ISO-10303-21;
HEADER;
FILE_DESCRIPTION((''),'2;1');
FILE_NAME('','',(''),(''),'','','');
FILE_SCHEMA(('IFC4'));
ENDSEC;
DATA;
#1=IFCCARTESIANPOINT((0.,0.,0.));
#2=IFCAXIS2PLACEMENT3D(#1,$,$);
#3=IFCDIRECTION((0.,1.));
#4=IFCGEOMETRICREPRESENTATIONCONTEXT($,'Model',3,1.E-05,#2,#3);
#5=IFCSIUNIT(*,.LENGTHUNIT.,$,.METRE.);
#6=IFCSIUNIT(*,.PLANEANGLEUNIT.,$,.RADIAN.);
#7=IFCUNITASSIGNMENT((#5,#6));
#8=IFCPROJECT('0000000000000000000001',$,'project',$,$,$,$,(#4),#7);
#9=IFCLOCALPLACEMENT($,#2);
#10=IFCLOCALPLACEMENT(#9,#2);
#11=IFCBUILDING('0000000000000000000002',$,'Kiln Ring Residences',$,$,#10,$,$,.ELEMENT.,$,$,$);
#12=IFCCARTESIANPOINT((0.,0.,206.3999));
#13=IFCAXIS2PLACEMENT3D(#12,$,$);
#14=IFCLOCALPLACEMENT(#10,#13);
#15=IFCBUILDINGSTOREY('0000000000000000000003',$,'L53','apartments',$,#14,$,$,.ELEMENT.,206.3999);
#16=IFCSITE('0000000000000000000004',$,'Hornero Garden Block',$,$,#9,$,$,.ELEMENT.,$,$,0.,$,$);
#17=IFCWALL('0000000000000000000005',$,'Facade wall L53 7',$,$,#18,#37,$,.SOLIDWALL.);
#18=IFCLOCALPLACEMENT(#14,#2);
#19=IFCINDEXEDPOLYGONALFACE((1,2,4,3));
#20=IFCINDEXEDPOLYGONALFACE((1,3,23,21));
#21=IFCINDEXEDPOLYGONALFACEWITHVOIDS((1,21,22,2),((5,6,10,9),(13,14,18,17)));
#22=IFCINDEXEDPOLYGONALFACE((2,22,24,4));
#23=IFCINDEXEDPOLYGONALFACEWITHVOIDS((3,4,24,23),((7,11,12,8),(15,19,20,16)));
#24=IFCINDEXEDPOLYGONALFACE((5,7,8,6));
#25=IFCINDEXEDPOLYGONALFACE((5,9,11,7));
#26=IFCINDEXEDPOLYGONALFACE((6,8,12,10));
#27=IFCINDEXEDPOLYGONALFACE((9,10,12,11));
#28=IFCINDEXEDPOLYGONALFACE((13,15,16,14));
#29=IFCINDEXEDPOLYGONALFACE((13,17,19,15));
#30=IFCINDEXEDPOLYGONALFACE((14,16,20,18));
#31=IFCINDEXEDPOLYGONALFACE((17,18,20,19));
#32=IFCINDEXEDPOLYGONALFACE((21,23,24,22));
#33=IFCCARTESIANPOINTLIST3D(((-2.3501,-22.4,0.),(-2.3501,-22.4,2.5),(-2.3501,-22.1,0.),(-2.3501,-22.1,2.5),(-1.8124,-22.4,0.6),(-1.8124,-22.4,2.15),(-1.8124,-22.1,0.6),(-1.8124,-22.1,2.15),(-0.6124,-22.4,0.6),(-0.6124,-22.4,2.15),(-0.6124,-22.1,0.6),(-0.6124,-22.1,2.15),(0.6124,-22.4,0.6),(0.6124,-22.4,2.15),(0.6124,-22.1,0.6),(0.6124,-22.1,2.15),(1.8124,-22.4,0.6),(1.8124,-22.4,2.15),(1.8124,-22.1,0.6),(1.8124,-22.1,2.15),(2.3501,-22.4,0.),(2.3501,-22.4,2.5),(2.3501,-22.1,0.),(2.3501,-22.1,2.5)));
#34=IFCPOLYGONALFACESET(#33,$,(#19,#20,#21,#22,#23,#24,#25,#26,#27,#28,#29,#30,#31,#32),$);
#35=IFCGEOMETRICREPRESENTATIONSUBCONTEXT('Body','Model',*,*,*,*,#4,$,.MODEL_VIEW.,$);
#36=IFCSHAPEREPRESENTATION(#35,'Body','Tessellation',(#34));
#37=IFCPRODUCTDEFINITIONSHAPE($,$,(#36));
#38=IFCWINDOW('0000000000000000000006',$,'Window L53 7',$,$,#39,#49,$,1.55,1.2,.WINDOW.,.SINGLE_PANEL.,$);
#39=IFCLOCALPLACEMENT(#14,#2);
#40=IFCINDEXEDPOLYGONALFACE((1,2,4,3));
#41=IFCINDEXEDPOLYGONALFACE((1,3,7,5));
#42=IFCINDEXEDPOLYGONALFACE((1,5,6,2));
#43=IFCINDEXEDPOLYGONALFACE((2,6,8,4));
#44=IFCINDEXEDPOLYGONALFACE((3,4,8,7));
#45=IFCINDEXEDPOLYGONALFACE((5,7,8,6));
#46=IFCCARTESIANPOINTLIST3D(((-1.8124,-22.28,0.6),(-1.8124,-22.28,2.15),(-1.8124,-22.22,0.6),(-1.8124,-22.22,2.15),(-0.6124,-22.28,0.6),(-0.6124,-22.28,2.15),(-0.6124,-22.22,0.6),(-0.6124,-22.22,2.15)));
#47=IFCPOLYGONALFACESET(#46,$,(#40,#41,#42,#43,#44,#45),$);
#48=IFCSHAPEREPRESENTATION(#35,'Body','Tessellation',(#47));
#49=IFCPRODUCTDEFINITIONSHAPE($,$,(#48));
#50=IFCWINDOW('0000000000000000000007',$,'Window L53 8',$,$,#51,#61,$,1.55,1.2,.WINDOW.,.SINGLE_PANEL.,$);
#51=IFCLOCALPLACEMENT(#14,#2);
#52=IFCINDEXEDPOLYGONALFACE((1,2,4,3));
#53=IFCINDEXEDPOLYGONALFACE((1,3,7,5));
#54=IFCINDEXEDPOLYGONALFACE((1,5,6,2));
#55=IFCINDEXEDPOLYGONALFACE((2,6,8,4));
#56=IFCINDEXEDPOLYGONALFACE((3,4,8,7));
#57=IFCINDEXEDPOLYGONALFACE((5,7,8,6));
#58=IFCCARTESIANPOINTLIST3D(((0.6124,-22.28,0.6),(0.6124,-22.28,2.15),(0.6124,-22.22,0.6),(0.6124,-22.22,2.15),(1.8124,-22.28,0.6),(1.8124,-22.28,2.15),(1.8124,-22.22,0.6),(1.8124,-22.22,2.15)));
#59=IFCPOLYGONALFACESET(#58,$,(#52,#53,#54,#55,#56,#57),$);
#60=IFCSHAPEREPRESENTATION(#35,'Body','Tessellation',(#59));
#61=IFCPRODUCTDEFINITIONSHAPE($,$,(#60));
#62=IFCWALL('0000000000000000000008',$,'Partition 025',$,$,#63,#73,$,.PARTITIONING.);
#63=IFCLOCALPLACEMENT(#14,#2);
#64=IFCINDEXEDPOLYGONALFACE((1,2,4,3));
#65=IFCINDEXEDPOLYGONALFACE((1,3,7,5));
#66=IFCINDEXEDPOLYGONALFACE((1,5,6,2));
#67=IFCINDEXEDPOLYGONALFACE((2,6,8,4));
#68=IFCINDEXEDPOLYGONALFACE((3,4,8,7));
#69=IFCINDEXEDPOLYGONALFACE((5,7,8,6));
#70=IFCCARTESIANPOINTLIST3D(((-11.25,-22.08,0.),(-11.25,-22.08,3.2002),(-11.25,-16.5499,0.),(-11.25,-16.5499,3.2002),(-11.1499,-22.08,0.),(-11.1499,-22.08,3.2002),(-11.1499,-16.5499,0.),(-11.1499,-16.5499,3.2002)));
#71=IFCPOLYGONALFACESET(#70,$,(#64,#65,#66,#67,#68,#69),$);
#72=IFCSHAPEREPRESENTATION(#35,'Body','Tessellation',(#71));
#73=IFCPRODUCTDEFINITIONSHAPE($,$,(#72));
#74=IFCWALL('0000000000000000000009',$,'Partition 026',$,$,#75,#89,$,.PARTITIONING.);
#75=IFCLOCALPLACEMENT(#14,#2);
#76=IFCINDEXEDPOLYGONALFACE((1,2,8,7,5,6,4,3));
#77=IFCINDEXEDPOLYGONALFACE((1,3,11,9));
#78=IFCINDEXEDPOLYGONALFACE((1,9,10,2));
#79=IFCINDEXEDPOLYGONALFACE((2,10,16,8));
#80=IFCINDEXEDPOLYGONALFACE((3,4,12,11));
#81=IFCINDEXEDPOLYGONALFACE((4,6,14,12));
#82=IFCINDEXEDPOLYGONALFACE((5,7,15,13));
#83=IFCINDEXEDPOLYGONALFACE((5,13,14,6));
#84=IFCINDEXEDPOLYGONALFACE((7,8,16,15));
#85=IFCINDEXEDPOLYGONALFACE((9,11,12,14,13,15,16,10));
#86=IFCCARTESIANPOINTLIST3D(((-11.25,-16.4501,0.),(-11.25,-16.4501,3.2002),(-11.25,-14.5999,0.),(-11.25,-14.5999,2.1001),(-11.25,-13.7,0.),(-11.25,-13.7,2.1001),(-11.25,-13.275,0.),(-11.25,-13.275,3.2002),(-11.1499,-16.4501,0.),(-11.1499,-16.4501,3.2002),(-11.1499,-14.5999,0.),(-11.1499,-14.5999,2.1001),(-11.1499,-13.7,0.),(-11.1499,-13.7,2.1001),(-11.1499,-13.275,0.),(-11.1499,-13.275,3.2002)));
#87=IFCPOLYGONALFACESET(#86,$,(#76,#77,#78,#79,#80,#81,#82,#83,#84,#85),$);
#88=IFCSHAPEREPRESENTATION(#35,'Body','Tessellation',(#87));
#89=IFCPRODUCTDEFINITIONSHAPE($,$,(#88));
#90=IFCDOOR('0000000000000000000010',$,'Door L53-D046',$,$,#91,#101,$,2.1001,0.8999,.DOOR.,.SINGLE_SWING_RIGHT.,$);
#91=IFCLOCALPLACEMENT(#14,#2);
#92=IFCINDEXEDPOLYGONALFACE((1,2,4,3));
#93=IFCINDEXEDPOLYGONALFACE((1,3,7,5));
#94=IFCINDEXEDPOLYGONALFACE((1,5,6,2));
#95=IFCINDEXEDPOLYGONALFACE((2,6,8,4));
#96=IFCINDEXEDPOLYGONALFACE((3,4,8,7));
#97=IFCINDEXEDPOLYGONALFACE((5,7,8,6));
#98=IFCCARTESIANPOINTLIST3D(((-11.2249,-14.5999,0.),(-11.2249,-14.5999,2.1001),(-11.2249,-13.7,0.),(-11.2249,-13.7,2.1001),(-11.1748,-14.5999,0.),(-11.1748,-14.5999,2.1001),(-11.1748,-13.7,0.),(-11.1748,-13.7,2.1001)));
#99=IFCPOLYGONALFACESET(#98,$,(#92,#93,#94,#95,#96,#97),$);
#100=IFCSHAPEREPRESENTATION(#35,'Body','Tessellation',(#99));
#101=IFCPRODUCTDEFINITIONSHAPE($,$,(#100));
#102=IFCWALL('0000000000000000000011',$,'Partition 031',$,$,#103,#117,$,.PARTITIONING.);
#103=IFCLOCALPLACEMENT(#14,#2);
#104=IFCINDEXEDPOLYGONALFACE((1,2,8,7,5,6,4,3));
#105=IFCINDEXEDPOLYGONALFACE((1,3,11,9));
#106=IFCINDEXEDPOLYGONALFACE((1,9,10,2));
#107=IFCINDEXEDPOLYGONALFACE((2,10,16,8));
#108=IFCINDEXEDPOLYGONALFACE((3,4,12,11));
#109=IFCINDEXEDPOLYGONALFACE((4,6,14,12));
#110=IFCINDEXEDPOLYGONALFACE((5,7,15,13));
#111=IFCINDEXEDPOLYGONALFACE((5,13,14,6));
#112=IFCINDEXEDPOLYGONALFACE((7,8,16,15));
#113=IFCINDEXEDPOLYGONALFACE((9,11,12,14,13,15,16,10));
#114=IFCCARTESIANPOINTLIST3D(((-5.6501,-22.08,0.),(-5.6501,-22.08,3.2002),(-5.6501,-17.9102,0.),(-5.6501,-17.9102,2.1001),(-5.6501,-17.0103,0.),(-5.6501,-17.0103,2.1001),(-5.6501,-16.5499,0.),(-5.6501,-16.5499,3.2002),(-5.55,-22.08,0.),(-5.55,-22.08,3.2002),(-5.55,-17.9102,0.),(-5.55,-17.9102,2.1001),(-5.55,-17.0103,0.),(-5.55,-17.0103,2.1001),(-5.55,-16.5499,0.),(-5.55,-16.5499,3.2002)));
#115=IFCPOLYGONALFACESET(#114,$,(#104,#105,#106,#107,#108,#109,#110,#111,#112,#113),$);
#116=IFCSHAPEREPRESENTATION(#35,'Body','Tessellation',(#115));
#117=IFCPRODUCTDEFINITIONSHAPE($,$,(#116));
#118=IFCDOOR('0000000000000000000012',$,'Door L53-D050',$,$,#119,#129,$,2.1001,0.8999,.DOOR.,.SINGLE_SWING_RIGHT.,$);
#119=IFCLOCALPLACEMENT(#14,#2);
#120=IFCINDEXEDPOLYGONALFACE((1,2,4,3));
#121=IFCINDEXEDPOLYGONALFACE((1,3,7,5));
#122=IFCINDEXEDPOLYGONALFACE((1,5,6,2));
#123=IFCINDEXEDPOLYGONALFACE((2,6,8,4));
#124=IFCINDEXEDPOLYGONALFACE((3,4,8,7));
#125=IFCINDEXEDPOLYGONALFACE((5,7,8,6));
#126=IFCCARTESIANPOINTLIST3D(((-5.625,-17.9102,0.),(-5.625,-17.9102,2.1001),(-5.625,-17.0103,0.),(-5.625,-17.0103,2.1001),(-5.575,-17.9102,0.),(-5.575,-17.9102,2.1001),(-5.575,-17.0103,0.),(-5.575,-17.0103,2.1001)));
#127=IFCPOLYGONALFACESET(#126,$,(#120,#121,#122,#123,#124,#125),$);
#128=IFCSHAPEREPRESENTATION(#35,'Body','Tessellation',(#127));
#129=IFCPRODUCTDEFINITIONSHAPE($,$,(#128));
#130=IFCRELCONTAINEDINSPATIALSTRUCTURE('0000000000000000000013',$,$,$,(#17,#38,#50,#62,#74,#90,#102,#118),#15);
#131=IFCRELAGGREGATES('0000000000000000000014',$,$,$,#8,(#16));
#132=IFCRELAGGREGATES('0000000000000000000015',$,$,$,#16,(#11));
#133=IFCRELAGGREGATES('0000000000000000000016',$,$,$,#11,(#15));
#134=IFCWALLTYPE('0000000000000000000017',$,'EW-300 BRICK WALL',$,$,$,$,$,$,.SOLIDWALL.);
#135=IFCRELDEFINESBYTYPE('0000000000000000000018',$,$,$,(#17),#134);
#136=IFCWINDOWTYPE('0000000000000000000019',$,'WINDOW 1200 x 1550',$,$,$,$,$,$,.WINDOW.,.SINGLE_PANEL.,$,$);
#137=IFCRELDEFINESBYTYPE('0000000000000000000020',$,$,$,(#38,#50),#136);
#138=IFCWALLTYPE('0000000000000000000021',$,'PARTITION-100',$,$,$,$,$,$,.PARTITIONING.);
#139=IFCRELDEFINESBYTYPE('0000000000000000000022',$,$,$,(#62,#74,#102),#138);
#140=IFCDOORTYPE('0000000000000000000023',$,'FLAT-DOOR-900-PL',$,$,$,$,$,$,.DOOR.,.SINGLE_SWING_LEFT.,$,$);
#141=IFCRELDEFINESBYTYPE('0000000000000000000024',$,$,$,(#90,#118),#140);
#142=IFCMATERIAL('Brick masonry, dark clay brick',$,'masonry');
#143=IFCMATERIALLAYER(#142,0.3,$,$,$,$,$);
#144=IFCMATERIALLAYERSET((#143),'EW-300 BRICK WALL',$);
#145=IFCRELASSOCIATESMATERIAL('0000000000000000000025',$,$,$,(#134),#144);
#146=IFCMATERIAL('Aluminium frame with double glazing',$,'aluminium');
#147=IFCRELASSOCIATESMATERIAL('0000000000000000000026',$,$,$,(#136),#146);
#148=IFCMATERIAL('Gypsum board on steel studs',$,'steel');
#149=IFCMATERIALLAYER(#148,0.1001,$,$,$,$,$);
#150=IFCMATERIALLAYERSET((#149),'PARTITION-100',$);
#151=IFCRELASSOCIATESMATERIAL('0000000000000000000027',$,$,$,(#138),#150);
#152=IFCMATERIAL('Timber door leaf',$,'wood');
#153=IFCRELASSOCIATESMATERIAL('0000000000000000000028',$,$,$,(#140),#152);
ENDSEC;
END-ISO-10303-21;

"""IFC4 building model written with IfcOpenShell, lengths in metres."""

from ifc_helpers import new_model, si_unit, direction, frame, frame_2d, origin, place, context, subcontext, project, spatial, rectangle, extrude, material, layer, layer_set, type_object, element, fill, save


model = new_model("IFC4")

# Units and contexts
model_context = context("Model", 3, precision=1e-05, world=origin(), true_north=direction((0.0, 1.0)))
body_context = subcontext(model_context, "Body", "Model", "MODEL_VIEW")
ifc_project = project(units=[si_unit("LENGTHUNIT", "METRE"), si_unit("PLANEANGLEUNIT", "RADIAN")], contexts=[model_context])

# Site, building, storey
site_placement = place(None, origin())
site = spatial("IfcSite", under=ifc_project, at=site_placement, Name="Hornero Garden Block", CompositionType="ELEMENT", RefElevation=0.0)
building_placement = place(site_placement, origin())
building = spatial("IfcBuilding", under=site, at=building_placement, Name="Kiln Ring Residences", CompositionType="ELEMENT")
storey_placement = place(building_placement, frame((0.0, 0.0, 206.3999)))
storey = spatial("IfcBuildingStorey", under=building, at=storey_placement, Name="L53", Description="apartments", CompositionType="ELEMENT", Elevation=206.3999)

# Wall, openings, windows
ifc_material_1 = material(Name="Brick masonry, dark clay brick", Category="masonry")
ifc_layer_1 = layer(ifc_material_1, 0.3)
ifc_layer_set_1 = layer_set([ifc_layer_1], Name="EW-300 BRICK WALL")
wall_type_1 = type_object("IfcWallType", Name="EW-300 BRICK WALL", PredefinedType="SOLIDWALL", material=ifc_layer_set_1)
ifc_material_2 = material(Name="Aluminium frame with double glazing", Category="aluminium")
window_type = type_object("IfcWindowType", Name="WINDOW 1200 x 1550", PartitioningType="SINGLE_PANEL", PredefinedType="WINDOW", material=ifc_material_2)
wall_1_placement = place(storey_placement, frame((-2.3501, -22.25, 0.0), z_axis=(0.0, 0.0, 1.0), x_axis=(1.0, 0.0, 0.0)))
wall_1 = element("IfcWall", 1, at=wall_1_placement, inside=storey, type_object=wall_type_1, Name="Facade wall L53 7", PredefinedType="SOLIDWALL", context=body_context, shape_type="SweptSolid", body=[
    extrude(rectangle(XDim=4.7002, YDim=0.3, at=frame_2d((2.3501, 0.0))), origin(), (0.0, 0.0, 1.0), 2.5),
])
opening_1_placement = place(wall_1_placement, frame((0.5376, 0.0, 0.6001)))
opening_1 = element("IfcOpeningElement", 2, at=opening_1_placement, cuts=wall_1, PredefinedType="OPENING", context=body_context, shape_type="SweptSolid", body=[
    extrude(rectangle(XDim=1.2, YDim=1.55, at=frame_2d((0.6001, 0.7749))), frame((0.0, 0.1599, 0.0), z_axis=(0.0, -1.0, 0.0), x_axis=(1.0, 0.0, 0.0)), (0.0, 0.0, 1.0), 0.3201),
])
opening_2_placement = place(wall_1_placement, frame((2.9624, 0.0, 0.6001)))
opening_2 = element("IfcOpeningElement", 3, at=opening_2_placement, cuts=wall_1, PredefinedType="OPENING", context=body_context, shape_type="SweptSolid", body=[
    extrude(rectangle(XDim=1.2, YDim=1.55, at=frame_2d((0.6001, 0.7749))), frame((0.0, 0.1599, 0.0), z_axis=(0.0, -1.0, 0.0), x_axis=(1.0, 0.0, 0.0)), (0.0, 0.0, 1.0), 0.3201),
])
window_1_placement = place(opening_1_placement, origin())
window_1 = element("IfcWindow", 4, at=window_1_placement, inside=storey, type_object=window_type, Name="Window L53 7", OverallHeight=1.55, OverallWidth=1.2, PartitioningType="SINGLE_PANEL", PredefinedType="WINDOW", context=body_context, shape_type="SweptSolid", body=[
    extrude(rectangle(XDim=1.2, YDim=1.55, at=frame_2d((0.6001, 0.7749))), frame((0.0, 0.03, 0.0), z_axis=(0.0, -1.0, 0.0), x_axis=(1.0, 0.0, 0.0)), (0.0, 0.0, 1.0), 0.0601),
])
fill(opening_1, window_1)
window_2_placement = place(opening_2_placement, origin())
window_2 = element("IfcWindow", 5, at=window_2_placement, inside=storey, type_object=window_type, Name="Window L53 8", OverallHeight=1.55, OverallWidth=1.2, PartitioningType="SINGLE_PANEL", PredefinedType="WINDOW", context=body_context, shape_type="SweptSolid", body=[
    extrude(rectangle(XDim=1.2, YDim=1.55, at=frame_2d((0.6001, 0.7749))), frame((0.0, 0.03, 0.0), z_axis=(0.0, -1.0, 0.0), x_axis=(1.0, 0.0, 0.0)), (0.0, 0.0, 1.0), 0.0601),
])
fill(opening_2, window_2)

# Wall
ifc_material_3 = material(Name="Gypsum board on steel studs", Category="steel")
ifc_layer_2 = layer(ifc_material_3, 0.1001)
ifc_layer_set_2 = layer_set([ifc_layer_2], Name="PARTITION-100")
wall_type_2 = type_object("IfcWallType", Name="PARTITION-100", PredefinedType="PARTITIONING", material=ifc_layer_set_2)
wall_2_placement = place(storey_placement, frame((-11.2, -22.0801, 0.0), z_axis=(0.0, 0.0, 1.0), x_axis=(0.0, 1.0, 0.0)))
element("IfcWall", 6, at=wall_2_placement, inside=storey, type_object=wall_type_2, Name="Partition 025", PredefinedType="PARTITIONING", context=body_context, shape_type="SweptSolid", body=[
    extrude(rectangle(XDim=5.53, YDim=0.1001, at=frame_2d((2.7651, 0.0))), origin(), (0.0, 0.0, 1.0), 3.2002),
])

# Walls, openings, doors
wall_3_placement = place(storey_placement, frame((-11.2, -16.45, 0.0), z_axis=(0.0, 0.0, 1.0), x_axis=(0.0, 1.0, 0.0)))
wall_3 = element("IfcWall", 7, at=wall_3_placement, inside=storey, type_object=wall_type_2, Name="Partition 026", PredefinedType="PARTITIONING", context=body_context, shape_type="SweptSolid", body=[
    extrude(rectangle(XDim=3.175, YDim=0.1001, at=frame_2d((1.5874, 0.0))), origin(), (0.0, 0.0, 1.0), 3.2002),
])
opening_3_placement = place(wall_3_placement, frame((1.8501, 0.0, 0.0)))
opening_3 = element("IfcOpeningElement", 8, at=opening_3_placement, cuts=wall_3, PredefinedType="OPENING", context=body_context, shape_type="SweptSolid", body=[
    extrude(rectangle(XDim=0.8999, YDim=2.1001, at=frame_2d((0.45, 1.05))), frame((0.0, 0.0601, 0.0), z_axis=(0.0, -1.0, 0.0), x_axis=(1.0, 0.0, 0.0)), (0.0, 0.0, 1.0), 0.1201),
])
ifc_material_4 = material(Name="Timber door leaf", Category="wood")
door_type = type_object("IfcDoorType", Name="FLAT-DOOR-900-PL", OperationType="SINGLE_SWING_LEFT", PredefinedType="DOOR", material=ifc_material_4)
door_1_placement = place(opening_3_placement, origin())
door_1 = element("IfcDoor", 9, at=door_1_placement, inside=storey, type_object=door_type, Name="Door L53-D046", OperationType="SINGLE_SWING_RIGHT", OverallHeight=2.1001, OverallWidth=0.8999, PredefinedType="DOOR", context=body_context, shape_type="SweptSolid", body=[
    extrude(rectangle(XDim=0.8999, YDim=2.1001, at=frame_2d((0.45, 1.05))), frame((0.0, 0.0249, 0.0), z_axis=(0.0, -1.0, 0.0), x_axis=(1.0, 0.0, 0.0)), (0.0, 0.0, 1.0), 0.05),
])
fill(opening_3, door_1)
wall_4_placement = place(storey_placement, frame((-5.6001, -22.0801, 0.0), z_axis=(0.0, 0.0, 1.0), x_axis=(0.0, 1.0, 0.0)))
wall_4 = element("IfcWall", 10, at=wall_4_placement, inside=storey, type_object=wall_type_2, Name="Partition 031", PredefinedType="PARTITIONING", context=body_context, shape_type="SweptSolid", body=[
    extrude(rectangle(XDim=5.53, YDim=0.1001, at=frame_2d((2.7651, 0.0))), origin(), (0.0, 0.0, 1.0), 3.2002),
])
opening_4_placement = place(wall_4_placement, frame((4.1699, 0.0, 0.0)))
opening_4 = element("IfcOpeningElement", 11, at=opening_4_placement, cuts=wall_4, PredefinedType="OPENING", context=body_context, shape_type="SweptSolid", body=[
    extrude(rectangle(XDim=0.8999, YDim=2.1001, at=frame_2d((0.45, 1.05))), frame((0.0, 0.0601, 0.0), z_axis=(0.0, -1.0, 0.0), x_axis=(1.0, 0.0, 0.0)), (0.0, 0.0, 1.0), 0.1201),
])
door_2_placement = place(opening_4_placement, origin())
door_2 = element("IfcDoor", 12, at=door_2_placement, inside=storey, type_object=door_type, Name="Door L53-D050", OperationType="SINGLE_SWING_RIGHT", OverallHeight=2.1001, OverallWidth=0.8999, PredefinedType="DOOR", context=body_context, shape_type="SweptSolid", body=[
    extrude(rectangle(XDim=0.8999, YDim=2.1001, at=frame_2d((0.45, 1.05))), frame((0.0, 0.0249, 0.0), z_axis=(0.0, -1.0, 0.0), x_axis=(1.0, 0.0, 0.0)), (0.0, 0.0, 1.0), 0.05),
])
fill(opening_4, door_2)

save(model, "model.ifc")
